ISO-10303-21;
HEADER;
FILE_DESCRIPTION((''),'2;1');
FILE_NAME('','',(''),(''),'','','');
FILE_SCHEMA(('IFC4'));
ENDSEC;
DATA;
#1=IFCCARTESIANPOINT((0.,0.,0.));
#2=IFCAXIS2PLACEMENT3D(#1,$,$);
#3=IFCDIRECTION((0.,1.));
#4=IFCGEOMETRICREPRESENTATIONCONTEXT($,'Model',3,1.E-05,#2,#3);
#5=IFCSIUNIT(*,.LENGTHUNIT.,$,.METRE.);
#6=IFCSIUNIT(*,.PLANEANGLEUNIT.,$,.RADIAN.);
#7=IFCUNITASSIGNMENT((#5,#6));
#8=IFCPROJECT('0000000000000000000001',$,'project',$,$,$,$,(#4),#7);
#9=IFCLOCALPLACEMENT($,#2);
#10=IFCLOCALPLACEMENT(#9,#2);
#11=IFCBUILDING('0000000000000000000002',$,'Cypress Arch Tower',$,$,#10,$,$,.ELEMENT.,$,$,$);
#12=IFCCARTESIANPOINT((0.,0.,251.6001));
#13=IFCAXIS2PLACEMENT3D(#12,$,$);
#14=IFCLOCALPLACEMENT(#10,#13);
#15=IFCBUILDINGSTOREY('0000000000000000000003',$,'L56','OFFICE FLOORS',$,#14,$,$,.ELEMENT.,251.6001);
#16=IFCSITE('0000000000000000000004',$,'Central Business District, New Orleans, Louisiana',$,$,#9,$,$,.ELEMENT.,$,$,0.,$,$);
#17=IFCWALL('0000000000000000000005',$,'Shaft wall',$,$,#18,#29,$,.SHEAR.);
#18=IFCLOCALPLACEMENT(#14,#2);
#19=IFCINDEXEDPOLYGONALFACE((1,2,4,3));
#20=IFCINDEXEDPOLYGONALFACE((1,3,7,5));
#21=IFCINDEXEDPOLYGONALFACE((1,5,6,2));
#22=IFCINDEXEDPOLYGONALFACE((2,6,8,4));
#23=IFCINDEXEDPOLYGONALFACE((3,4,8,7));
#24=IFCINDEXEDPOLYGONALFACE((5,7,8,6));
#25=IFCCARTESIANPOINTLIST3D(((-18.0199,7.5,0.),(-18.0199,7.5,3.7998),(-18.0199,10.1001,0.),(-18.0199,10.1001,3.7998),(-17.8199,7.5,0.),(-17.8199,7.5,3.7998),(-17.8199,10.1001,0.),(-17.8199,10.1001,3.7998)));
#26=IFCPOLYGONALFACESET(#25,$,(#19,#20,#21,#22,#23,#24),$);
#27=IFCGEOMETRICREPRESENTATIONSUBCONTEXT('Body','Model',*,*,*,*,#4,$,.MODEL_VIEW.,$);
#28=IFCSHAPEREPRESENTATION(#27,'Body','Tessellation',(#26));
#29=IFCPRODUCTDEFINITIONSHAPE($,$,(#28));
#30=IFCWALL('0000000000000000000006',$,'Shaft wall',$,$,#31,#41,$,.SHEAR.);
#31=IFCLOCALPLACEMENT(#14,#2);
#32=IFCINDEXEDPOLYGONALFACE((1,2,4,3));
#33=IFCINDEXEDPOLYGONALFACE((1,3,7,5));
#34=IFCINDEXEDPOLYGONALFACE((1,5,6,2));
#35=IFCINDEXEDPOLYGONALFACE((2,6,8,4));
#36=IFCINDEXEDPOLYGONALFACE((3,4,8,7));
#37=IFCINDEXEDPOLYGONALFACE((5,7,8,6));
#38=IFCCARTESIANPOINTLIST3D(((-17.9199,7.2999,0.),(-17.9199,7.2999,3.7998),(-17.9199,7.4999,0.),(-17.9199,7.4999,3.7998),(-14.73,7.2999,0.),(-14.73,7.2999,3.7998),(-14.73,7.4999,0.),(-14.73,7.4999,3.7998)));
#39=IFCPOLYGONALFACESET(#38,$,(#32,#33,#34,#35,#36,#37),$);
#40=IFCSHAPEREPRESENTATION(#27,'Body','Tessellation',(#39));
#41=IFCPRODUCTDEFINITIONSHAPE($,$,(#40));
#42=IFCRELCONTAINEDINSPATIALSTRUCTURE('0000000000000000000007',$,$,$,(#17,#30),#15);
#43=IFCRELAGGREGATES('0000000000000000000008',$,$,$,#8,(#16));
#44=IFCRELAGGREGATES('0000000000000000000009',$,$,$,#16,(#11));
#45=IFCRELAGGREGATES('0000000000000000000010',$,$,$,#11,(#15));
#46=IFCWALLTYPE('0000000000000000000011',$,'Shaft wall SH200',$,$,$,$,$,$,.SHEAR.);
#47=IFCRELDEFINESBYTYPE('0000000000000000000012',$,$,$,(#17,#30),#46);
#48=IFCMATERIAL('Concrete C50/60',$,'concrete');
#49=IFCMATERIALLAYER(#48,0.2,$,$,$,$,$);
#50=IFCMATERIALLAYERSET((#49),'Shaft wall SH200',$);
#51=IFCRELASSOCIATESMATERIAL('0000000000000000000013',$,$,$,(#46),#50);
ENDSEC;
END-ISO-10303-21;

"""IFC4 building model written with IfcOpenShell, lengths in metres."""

from ifc_helpers import new_model, si_unit, direction, frame, frame_2d, origin, place, context, subcontext, project, spatial, rectangle, extrude, material, layer, layer_set, type_object, element, save


model = new_model("IFC4")

# Units and contexts
model_context = context("Model", 3, precision=1e-05, world=origin(), true_north=direction((0.0, 1.0)))
body_context = subcontext(model_context, "Body", "Model", "MODEL_VIEW")
ifc_project = project(units=[si_unit("LENGTHUNIT", "METRE"), si_unit("PLANEANGLEUNIT", "RADIAN")], contexts=[model_context])

# Site, building, storey
site_placement = place(None, origin())
site = spatial("IfcSite", under=ifc_project, at=site_placement, Name="Central Business District, New Orleans, Louisiana", CompositionType="ELEMENT", RefElevation=0.0)
building_placement = place(site_placement, origin())
building = spatial("IfcBuilding", under=site, at=building_placement, Name="Cypress Arch Tower", CompositionType="ELEMENT")
storey_placement = place(building_placement, frame((0.0, 0.0, 251.6001)))
storey = spatial("IfcBuildingStorey", under=building, at=storey_placement, Name="L56", Description="OFFICE FLOORS", CompositionType="ELEMENT", Elevation=251.6001)

# Shared definitions
ifc_material_1 = material(Name="Concrete C50/60", Category="concrete")
ifc_layer_1 = layer(ifc_material_1, 0.2)
ifc_layer_set_1 = layer_set([ifc_layer_1], Name="Shaft wall SH200")
wall_type_1 = type_object("IfcWallType", Name="Shaft wall SH200", PredefinedType="SHEAR", material=ifc_layer_set_1)

# Walls
wall_1_placement = place(storey_placement, frame((-17.9199, 7.5, 0.0), z_axis=(0.0, 0.0, 1.0), x_axis=(0.0, 1.0, 0.0)))
element("IfcWall", 1, at=wall_1_placement, inside=storey, type_object=wall_type_1, Name="Shaft wall", PredefinedType="SHEAR", context=body_context, shape_type="SweptSolid", body=[
    extrude(rectangle(XDim=2.6001, YDim=0.2, at=frame_2d((1.3, 0.0))), origin(), (0.0, 0.0, 1.0), 3.7998),
])
wall_2_placement = place(storey_placement, frame((-17.9199, 7.3999, 0.0), z_axis=(0.0, 0.0, 1.0), x_axis=(1.0, 0.0, 0.0)))
element("IfcWall", 2, at=wall_2_placement, inside=storey, type_object=wall_type_1, Name="Shaft wall", PredefinedType="SHEAR", context=body_context, shape_type="SweptSolid", body=[
    extrude(rectangle(XDim=3.1899, YDim=0.2, at=frame_2d((1.595, 0.0))), origin(), (0.0, 0.0, 1.0), 3.7998),
])

save(model, "model.ifc")
